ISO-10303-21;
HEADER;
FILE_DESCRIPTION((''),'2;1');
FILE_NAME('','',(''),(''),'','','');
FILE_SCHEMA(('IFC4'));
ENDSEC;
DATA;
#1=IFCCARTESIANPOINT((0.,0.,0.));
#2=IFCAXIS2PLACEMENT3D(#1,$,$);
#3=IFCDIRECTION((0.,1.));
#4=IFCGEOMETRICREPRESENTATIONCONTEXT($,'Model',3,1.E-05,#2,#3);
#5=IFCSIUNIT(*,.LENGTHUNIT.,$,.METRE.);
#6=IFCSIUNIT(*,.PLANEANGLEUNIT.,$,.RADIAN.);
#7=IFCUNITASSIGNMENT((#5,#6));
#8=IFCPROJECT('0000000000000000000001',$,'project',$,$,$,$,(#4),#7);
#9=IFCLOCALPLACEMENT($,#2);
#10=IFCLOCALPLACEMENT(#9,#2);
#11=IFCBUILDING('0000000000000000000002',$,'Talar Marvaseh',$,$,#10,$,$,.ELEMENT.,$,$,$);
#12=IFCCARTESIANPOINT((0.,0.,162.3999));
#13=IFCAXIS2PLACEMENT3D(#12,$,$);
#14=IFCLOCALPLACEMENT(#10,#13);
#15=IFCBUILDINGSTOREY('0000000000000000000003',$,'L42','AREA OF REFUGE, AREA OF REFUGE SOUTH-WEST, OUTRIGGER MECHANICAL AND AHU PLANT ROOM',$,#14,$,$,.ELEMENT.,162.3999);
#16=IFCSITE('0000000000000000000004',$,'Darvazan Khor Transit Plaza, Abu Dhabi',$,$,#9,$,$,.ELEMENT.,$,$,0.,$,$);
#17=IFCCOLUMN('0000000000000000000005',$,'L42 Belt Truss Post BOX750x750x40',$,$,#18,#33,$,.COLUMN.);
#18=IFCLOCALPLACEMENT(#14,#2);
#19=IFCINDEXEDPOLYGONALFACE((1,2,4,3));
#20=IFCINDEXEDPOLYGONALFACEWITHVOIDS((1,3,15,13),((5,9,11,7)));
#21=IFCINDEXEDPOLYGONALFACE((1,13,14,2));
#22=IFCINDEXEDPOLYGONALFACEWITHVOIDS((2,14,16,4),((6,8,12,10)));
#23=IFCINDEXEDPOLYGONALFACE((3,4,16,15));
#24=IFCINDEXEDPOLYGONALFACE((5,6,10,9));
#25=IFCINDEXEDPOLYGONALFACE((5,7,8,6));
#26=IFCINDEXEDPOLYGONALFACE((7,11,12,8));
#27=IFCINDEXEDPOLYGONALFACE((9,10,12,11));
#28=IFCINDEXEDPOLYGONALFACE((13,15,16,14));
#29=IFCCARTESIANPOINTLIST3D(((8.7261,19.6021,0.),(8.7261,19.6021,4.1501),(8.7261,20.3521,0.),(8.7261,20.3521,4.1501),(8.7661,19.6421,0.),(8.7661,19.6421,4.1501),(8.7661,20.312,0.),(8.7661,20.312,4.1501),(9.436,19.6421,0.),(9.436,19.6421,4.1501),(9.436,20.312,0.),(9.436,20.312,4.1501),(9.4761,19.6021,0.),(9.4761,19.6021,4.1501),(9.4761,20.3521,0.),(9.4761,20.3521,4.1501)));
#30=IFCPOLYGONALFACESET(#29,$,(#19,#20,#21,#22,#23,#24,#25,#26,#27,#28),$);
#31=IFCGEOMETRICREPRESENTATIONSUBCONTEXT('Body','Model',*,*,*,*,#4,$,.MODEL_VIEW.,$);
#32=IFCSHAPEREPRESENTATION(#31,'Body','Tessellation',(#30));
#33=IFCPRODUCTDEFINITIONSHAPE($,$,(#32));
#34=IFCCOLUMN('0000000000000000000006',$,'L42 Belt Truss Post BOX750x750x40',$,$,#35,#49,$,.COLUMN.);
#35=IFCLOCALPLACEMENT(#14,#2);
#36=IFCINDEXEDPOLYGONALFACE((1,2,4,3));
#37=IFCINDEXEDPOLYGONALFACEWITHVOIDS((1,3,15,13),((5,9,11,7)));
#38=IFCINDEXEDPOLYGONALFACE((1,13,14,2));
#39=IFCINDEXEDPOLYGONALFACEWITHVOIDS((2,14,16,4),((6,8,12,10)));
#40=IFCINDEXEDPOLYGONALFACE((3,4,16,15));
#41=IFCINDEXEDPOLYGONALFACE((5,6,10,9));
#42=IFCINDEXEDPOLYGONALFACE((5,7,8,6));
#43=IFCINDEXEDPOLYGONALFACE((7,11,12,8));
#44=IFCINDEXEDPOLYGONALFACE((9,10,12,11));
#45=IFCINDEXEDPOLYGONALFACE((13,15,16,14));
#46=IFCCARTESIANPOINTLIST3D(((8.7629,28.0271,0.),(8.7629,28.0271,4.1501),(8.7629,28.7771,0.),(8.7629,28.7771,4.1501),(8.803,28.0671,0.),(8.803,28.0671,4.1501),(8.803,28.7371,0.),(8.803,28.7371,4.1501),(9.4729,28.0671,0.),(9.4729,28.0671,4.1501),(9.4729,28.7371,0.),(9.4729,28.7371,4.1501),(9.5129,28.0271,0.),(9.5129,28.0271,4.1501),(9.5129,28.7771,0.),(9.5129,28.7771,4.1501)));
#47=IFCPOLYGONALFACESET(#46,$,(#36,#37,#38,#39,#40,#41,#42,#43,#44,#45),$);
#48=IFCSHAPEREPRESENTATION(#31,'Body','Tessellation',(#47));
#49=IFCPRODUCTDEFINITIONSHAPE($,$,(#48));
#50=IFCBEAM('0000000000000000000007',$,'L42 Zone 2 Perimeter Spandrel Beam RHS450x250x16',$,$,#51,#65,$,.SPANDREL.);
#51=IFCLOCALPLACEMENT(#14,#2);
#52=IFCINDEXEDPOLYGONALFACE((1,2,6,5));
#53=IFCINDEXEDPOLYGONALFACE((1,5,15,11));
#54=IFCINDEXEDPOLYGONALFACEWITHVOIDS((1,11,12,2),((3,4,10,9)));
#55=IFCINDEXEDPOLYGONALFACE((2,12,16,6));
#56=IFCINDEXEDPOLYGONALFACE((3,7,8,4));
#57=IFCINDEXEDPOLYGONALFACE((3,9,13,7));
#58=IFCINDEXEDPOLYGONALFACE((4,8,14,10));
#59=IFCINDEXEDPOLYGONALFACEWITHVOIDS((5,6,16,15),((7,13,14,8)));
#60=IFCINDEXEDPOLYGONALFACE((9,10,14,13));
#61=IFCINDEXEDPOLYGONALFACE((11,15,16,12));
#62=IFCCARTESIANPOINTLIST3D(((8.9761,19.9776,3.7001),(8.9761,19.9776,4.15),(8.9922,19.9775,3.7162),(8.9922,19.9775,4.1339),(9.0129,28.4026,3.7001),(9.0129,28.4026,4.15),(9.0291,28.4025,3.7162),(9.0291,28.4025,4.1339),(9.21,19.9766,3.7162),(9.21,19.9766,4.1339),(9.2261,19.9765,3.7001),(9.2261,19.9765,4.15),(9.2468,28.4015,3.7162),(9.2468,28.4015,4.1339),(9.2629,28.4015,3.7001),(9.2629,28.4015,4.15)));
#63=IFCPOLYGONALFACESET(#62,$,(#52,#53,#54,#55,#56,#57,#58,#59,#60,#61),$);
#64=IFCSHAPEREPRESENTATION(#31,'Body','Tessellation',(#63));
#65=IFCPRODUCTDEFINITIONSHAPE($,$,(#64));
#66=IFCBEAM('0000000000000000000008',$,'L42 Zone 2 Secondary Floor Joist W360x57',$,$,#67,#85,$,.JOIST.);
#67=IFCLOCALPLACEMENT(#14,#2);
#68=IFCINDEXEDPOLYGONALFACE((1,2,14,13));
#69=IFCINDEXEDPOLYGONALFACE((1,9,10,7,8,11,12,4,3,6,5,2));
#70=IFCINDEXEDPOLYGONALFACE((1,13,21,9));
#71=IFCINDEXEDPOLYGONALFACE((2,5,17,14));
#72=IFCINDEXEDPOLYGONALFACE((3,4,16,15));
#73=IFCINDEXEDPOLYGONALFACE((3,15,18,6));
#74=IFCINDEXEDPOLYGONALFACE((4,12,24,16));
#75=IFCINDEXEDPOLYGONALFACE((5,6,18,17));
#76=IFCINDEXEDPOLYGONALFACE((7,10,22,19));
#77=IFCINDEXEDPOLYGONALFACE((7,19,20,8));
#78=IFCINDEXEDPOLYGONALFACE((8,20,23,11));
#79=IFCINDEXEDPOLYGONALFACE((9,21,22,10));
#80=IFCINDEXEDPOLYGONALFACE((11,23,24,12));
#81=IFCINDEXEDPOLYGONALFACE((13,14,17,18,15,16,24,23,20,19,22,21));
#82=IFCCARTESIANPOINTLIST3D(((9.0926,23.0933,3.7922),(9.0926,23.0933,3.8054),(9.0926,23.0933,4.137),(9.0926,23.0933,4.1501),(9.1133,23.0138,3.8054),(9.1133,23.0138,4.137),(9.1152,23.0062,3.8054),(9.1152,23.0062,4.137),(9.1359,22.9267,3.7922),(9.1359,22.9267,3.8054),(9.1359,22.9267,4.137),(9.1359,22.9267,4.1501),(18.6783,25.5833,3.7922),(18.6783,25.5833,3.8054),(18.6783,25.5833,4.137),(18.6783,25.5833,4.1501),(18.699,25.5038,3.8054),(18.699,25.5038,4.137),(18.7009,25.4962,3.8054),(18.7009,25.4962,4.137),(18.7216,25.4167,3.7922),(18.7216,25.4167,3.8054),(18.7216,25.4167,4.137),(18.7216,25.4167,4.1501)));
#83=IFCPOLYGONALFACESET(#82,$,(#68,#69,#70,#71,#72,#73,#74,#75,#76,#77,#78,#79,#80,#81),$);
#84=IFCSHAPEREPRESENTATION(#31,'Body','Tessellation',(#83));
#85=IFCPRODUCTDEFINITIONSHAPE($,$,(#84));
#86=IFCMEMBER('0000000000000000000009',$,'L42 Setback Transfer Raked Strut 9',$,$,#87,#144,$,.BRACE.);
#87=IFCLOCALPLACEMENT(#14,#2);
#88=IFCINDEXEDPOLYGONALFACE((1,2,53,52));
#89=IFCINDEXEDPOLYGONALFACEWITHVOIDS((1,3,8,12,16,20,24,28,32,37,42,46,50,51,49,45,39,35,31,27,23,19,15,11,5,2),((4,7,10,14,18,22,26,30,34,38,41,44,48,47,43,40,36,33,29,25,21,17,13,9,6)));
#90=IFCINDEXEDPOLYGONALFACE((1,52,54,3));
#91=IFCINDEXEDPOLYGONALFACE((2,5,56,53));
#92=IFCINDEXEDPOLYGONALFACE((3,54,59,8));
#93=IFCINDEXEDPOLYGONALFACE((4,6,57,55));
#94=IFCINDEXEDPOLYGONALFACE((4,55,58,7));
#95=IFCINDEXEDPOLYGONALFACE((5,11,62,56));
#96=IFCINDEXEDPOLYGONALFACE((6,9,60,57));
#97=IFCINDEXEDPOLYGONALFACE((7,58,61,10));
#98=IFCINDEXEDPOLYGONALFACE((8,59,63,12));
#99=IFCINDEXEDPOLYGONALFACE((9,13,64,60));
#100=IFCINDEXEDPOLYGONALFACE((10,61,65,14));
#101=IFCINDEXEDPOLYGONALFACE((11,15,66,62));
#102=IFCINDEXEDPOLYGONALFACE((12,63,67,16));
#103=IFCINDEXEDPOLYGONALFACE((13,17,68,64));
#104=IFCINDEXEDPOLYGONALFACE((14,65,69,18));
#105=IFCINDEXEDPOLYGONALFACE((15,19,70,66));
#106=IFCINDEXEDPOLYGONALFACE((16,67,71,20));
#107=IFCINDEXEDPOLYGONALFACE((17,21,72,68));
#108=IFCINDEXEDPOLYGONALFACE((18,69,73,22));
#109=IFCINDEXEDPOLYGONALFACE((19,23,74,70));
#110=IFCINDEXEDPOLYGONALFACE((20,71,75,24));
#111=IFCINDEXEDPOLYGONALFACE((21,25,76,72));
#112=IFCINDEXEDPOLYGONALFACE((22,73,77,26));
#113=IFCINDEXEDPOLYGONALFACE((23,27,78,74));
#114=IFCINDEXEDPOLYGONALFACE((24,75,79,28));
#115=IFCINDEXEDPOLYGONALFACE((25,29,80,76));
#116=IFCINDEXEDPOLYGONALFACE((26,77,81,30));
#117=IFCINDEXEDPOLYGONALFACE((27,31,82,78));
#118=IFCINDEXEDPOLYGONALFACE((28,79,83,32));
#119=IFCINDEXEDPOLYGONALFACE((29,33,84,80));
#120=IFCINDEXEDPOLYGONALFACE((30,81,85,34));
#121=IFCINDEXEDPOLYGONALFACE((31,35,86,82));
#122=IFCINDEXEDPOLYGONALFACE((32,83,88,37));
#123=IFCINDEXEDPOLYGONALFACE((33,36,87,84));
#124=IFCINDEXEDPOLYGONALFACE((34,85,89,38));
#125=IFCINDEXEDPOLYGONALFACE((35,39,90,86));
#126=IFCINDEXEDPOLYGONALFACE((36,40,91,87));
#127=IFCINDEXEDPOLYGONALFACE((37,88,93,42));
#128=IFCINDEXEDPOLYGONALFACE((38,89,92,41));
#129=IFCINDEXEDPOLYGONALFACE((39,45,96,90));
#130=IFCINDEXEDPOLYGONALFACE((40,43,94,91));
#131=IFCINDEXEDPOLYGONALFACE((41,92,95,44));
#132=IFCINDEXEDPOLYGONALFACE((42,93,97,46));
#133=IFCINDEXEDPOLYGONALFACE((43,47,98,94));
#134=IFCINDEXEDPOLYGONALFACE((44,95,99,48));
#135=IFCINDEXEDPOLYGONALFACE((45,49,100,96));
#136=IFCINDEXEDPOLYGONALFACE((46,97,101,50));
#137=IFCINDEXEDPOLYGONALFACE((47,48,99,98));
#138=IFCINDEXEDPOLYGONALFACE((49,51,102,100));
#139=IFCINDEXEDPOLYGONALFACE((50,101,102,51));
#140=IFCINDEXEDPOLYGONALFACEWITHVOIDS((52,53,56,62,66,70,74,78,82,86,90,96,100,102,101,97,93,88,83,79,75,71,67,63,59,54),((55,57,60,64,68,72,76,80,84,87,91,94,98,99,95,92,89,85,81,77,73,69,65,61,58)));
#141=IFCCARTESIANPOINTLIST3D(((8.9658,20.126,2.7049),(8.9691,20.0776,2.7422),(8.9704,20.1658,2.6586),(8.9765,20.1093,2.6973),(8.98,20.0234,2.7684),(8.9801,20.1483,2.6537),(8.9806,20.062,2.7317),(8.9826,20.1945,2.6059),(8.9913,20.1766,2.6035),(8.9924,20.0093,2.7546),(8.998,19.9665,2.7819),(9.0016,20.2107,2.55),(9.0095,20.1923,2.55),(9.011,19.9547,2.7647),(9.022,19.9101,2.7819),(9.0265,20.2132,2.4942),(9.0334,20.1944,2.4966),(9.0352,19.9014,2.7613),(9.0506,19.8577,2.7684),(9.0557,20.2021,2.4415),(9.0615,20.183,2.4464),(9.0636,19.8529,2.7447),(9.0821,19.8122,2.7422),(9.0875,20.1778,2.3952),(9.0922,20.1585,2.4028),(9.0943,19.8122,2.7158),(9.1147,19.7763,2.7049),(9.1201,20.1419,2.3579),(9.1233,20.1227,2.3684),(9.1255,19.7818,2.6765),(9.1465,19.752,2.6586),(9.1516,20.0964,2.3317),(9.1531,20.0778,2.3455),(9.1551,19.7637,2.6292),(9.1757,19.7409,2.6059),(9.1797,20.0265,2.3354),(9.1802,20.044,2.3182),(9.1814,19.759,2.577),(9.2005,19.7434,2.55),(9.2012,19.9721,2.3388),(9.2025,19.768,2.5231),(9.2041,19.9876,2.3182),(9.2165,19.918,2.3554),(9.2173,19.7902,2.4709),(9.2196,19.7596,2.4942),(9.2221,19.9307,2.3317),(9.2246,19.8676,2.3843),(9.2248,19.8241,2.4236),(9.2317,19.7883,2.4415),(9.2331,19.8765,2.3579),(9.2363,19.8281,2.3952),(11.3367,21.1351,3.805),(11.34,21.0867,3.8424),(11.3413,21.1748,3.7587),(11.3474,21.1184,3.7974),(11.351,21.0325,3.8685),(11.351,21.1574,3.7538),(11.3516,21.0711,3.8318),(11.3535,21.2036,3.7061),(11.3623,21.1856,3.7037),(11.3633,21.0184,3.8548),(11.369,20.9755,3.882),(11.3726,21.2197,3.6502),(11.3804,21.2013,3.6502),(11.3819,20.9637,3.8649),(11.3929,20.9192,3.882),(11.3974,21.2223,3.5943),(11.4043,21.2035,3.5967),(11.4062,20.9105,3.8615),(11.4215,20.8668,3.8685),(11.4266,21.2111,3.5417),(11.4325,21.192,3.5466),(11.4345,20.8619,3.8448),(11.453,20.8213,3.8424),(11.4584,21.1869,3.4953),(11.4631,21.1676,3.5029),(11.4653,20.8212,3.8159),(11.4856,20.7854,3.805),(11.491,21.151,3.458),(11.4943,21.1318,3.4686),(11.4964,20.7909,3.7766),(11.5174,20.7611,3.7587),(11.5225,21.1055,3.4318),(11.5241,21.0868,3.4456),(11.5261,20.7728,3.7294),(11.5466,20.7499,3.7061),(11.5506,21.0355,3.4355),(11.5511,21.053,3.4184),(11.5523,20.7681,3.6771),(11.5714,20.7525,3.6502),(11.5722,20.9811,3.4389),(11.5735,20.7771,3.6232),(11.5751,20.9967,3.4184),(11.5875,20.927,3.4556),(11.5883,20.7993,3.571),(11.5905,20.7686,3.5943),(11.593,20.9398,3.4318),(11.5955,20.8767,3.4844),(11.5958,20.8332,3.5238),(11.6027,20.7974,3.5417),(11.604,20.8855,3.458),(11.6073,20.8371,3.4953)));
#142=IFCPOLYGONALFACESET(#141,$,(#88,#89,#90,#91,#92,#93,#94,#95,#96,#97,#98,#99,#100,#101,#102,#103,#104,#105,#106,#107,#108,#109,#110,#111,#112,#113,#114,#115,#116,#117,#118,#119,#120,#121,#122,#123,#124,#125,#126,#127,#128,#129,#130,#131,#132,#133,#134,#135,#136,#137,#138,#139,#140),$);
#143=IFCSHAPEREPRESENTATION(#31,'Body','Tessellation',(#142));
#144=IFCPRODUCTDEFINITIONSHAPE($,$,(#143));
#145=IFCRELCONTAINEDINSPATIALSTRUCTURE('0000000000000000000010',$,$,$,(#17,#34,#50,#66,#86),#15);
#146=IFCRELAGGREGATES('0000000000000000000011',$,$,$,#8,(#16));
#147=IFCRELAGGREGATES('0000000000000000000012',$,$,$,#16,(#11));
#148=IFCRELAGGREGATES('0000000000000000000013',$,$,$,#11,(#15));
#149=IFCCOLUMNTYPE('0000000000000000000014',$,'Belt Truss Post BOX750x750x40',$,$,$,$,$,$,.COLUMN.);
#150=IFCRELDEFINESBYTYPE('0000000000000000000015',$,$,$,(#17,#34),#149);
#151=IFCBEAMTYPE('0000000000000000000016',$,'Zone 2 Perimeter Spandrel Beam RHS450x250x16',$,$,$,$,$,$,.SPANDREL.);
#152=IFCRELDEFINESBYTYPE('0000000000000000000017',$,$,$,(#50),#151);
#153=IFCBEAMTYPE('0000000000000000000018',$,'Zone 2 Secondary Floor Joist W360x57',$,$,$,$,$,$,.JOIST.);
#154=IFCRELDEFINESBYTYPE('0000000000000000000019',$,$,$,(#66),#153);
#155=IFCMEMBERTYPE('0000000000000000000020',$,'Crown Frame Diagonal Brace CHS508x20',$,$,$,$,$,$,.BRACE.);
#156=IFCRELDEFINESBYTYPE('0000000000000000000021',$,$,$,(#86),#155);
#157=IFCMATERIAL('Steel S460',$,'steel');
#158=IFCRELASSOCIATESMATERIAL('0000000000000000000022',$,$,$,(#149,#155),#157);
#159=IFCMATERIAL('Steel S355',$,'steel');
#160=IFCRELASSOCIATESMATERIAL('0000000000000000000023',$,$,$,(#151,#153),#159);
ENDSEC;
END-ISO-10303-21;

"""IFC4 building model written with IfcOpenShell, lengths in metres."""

from ifc_helpers import new_model, si_unit, direction, frame, origin, origin_2d, place, context, subcontext, project, spatial, hollow_rectangle, hollow_circle, i_section, extrude, source, transform, mapped, material, material_profile, profile_set, type_object, type_shapes, element, save


model = new_model("IFC4")

# Units and contexts
model_context = context("Model", 3, precision=1e-05, world=origin(), true_north=direction((0.0, 1.0)))
body_context = subcontext(model_context, "Body", "Model", "MODEL_VIEW")
ifc_project = project(units=[si_unit("LENGTHUNIT", "METRE"), si_unit("PLANEANGLEUNIT", "RADIAN")], contexts=[model_context])

# Site, building, storey
site_placement = place(None, origin())
site = spatial("IfcSite", under=ifc_project, at=site_placement, Name="Darvazan Khor Transit Plaza, Abu Dhabi", CompositionType="ELEMENT", RefElevation=0.0)
building_placement = place(site_placement, origin())
building = spatial("IfcBuilding", under=site, at=building_placement, Name="Talar Marvaseh", CompositionType="ELEMENT")
storey_placement = place(building_placement, frame((0.0, 0.0, 162.3999)))
storey = spatial("IfcBuildingStorey", under=building, at=storey_placement, Name="L42", Description="AREA OF REFUGE, AREA OF REFUGE SOUTH-WEST, OUTRIGGER MECHANICAL AND AHU PLANT ROOM", CompositionType="ELEMENT", Elevation=162.3999)

# Columns
ifc_material_1 = material(Name="Steel S460", Category="steel")
ifc_material_profile_1 = material_profile(ifc_material_1, hollow_rectangle(XDim=0.75, YDim=0.75, WallThickness=0.04, at=origin_2d()), Name="BOX750x750x40")
ifc_profile_set_1 = profile_set([ifc_material_profile_1], Name="Steel S460")
column_type = type_object("IfcColumnType", Name="Belt Truss Post BOX750x750x40", PredefinedType="COLUMN", material=ifc_profile_set_1)
for number, where, z_axis, x_axis, name in (
    (1, (9.1011, 19.9771, 0.0), (0.0, 0.0, 1.0), (1.0, 0.0, 0.0), "L42 Belt Truss Post BOX750x750x40"),
    (2, (9.1379, 28.4021, 0.0), (0.0, 0.0, 1.0), (1.0, 0.0, 0.0), "L42 Belt Truss Post BOX750x750x40"),
):
    element("IfcColumn", number, at=place(storey_placement, frame(where, z_axis=z_axis, x_axis=x_axis)), inside=storey, type_object=column_type, Name=name, PredefinedType="COLUMN", context=body_context, shape_type="SweptSolid", body=[
        extrude(hollow_rectangle(XDim=0.75, YDim=0.75, WallThickness=0.04, at=origin_2d()), origin(), (0.0, 0.0, 1.0), 4.1501),
    ])

# Beams
ifc_material_2 = material(Name="Steel S355", Category="steel")
ifc_material_profile_2 = material_profile(ifc_material_2, hollow_rectangle(XDim=0.25, YDim=0.45, WallThickness=0.0161, at=origin_2d()), Name="RHS450x250x16")
ifc_profile_set_2 = profile_set([ifc_material_profile_2], Name="Steel S355")
beam_type_1 = type_object("IfcBeamType", Name="Zone 2 Perimeter Spandrel Beam RHS450x250x16", PredefinedType="SPANDREL", material=ifc_profile_set_2)
beam_1_placement = place(storey_placement, frame((9.1011, 19.9771, 3.925), z_axis=(0.004376, 0.99999, 0.0), x_axis=(-0.99999, 0.004376, 0.0)))
element("IfcBeam", 3, at=beam_1_placement, inside=storey, type_object=beam_type_1, Name="L42 Zone 2 Perimeter Spandrel Beam RHS450x250x16", PredefinedType="SPANDREL", context=body_context, shape_type="SweptSolid", body=[
    extrude(hollow_rectangle(XDim=0.25, YDim=0.45, WallThickness=0.0161, at=origin_2d()), origin(), (0.0, 0.0, 1.0), 8.425),
])
ifc_material_profile_3 = material_profile(ifc_material_2, i_section(OverallWidth=0.1721, OverallDepth=0.3579, WebThickness=0.0078, FlangeThickness=0.0132, at=origin_2d()), Name="W360x57")
ifc_profile_set_3 = profile_set([ifc_material_profile_3], Name="Steel S355")
beam_type_2 = type_object("IfcBeamType", Name="Zone 2 Secondary Floor Joist W360x57", PredefinedType="JOIST", material=ifc_profile_set_3)
beam_2_placement = place(storey_placement, frame((9.1143, 23.01, 3.9712), z_axis=(0.967879, 0.251417, 0.0), x_axis=(-0.251417, 0.967879, 0.0)))
element("IfcBeam", 4, at=beam_2_placement, inside=storey, type_object=beam_type_2, Name="L42 Zone 2 Secondary Floor Joist W360x57", PredefinedType="JOIST", context=body_context, shape_type="SweptSolid", body=[
    extrude(i_section(OverallWidth=0.1721, OverallDepth=0.3579, WebThickness=0.0078, FlangeThickness=0.0132, at=origin_2d()), origin(), (0.0, 0.0, 1.0), 9.9038),
])

# Member
ifc_material_profile_4 = material_profile(ifc_material_1, hollow_circle(Radius=0.2539, WallThickness=0.02, at=origin_2d()), Name="CHS508x20")
ifc_profile_set_4 = profile_set([ifc_material_profile_4], Name="Steel S460")
member_type_1 = type_object("IfcMemberType", Name="Crown Frame Diagonal Brace CHS508x20", PredefinedType="BRACE", material=ifc_profile_set_4)
shared_shape_1 = source(origin(), body_context, "Body", "SweptSolid", [
    extrude(hollow_circle(Radius=0.2539, WallThickness=0.02, at=origin_2d()), origin(), (0.0, 0.0, 1.0), 2.8018),
])
type_shapes(member_type_1, [shared_shape_1])
member_1_placement = place(storey_placement, frame((9.1011, 19.9771, 2.55), z_axis=(0.846231, 0.360156, 0.392659), x_axis=(-0.391608, 0.920132, 0.0)))
element("IfcMember", 5, at=member_1_placement, inside=storey, type_object=member_type_1, Name="L42 Setback Transfer Raked Strut 9", PredefinedType="BRACE", context=body_context, shape_type="MappedRepresentation", body=[
    mapped(shared_shape_1, transform((0.0, 0.0, 0.0), x_axis=(1.0, 0.0, 0.0), y_axis=(0.0, 1.0, 0.0), z_axis=(0.0, 0.0, 1.0), scale=1.0)),
])

save(model, "model.ifc")
